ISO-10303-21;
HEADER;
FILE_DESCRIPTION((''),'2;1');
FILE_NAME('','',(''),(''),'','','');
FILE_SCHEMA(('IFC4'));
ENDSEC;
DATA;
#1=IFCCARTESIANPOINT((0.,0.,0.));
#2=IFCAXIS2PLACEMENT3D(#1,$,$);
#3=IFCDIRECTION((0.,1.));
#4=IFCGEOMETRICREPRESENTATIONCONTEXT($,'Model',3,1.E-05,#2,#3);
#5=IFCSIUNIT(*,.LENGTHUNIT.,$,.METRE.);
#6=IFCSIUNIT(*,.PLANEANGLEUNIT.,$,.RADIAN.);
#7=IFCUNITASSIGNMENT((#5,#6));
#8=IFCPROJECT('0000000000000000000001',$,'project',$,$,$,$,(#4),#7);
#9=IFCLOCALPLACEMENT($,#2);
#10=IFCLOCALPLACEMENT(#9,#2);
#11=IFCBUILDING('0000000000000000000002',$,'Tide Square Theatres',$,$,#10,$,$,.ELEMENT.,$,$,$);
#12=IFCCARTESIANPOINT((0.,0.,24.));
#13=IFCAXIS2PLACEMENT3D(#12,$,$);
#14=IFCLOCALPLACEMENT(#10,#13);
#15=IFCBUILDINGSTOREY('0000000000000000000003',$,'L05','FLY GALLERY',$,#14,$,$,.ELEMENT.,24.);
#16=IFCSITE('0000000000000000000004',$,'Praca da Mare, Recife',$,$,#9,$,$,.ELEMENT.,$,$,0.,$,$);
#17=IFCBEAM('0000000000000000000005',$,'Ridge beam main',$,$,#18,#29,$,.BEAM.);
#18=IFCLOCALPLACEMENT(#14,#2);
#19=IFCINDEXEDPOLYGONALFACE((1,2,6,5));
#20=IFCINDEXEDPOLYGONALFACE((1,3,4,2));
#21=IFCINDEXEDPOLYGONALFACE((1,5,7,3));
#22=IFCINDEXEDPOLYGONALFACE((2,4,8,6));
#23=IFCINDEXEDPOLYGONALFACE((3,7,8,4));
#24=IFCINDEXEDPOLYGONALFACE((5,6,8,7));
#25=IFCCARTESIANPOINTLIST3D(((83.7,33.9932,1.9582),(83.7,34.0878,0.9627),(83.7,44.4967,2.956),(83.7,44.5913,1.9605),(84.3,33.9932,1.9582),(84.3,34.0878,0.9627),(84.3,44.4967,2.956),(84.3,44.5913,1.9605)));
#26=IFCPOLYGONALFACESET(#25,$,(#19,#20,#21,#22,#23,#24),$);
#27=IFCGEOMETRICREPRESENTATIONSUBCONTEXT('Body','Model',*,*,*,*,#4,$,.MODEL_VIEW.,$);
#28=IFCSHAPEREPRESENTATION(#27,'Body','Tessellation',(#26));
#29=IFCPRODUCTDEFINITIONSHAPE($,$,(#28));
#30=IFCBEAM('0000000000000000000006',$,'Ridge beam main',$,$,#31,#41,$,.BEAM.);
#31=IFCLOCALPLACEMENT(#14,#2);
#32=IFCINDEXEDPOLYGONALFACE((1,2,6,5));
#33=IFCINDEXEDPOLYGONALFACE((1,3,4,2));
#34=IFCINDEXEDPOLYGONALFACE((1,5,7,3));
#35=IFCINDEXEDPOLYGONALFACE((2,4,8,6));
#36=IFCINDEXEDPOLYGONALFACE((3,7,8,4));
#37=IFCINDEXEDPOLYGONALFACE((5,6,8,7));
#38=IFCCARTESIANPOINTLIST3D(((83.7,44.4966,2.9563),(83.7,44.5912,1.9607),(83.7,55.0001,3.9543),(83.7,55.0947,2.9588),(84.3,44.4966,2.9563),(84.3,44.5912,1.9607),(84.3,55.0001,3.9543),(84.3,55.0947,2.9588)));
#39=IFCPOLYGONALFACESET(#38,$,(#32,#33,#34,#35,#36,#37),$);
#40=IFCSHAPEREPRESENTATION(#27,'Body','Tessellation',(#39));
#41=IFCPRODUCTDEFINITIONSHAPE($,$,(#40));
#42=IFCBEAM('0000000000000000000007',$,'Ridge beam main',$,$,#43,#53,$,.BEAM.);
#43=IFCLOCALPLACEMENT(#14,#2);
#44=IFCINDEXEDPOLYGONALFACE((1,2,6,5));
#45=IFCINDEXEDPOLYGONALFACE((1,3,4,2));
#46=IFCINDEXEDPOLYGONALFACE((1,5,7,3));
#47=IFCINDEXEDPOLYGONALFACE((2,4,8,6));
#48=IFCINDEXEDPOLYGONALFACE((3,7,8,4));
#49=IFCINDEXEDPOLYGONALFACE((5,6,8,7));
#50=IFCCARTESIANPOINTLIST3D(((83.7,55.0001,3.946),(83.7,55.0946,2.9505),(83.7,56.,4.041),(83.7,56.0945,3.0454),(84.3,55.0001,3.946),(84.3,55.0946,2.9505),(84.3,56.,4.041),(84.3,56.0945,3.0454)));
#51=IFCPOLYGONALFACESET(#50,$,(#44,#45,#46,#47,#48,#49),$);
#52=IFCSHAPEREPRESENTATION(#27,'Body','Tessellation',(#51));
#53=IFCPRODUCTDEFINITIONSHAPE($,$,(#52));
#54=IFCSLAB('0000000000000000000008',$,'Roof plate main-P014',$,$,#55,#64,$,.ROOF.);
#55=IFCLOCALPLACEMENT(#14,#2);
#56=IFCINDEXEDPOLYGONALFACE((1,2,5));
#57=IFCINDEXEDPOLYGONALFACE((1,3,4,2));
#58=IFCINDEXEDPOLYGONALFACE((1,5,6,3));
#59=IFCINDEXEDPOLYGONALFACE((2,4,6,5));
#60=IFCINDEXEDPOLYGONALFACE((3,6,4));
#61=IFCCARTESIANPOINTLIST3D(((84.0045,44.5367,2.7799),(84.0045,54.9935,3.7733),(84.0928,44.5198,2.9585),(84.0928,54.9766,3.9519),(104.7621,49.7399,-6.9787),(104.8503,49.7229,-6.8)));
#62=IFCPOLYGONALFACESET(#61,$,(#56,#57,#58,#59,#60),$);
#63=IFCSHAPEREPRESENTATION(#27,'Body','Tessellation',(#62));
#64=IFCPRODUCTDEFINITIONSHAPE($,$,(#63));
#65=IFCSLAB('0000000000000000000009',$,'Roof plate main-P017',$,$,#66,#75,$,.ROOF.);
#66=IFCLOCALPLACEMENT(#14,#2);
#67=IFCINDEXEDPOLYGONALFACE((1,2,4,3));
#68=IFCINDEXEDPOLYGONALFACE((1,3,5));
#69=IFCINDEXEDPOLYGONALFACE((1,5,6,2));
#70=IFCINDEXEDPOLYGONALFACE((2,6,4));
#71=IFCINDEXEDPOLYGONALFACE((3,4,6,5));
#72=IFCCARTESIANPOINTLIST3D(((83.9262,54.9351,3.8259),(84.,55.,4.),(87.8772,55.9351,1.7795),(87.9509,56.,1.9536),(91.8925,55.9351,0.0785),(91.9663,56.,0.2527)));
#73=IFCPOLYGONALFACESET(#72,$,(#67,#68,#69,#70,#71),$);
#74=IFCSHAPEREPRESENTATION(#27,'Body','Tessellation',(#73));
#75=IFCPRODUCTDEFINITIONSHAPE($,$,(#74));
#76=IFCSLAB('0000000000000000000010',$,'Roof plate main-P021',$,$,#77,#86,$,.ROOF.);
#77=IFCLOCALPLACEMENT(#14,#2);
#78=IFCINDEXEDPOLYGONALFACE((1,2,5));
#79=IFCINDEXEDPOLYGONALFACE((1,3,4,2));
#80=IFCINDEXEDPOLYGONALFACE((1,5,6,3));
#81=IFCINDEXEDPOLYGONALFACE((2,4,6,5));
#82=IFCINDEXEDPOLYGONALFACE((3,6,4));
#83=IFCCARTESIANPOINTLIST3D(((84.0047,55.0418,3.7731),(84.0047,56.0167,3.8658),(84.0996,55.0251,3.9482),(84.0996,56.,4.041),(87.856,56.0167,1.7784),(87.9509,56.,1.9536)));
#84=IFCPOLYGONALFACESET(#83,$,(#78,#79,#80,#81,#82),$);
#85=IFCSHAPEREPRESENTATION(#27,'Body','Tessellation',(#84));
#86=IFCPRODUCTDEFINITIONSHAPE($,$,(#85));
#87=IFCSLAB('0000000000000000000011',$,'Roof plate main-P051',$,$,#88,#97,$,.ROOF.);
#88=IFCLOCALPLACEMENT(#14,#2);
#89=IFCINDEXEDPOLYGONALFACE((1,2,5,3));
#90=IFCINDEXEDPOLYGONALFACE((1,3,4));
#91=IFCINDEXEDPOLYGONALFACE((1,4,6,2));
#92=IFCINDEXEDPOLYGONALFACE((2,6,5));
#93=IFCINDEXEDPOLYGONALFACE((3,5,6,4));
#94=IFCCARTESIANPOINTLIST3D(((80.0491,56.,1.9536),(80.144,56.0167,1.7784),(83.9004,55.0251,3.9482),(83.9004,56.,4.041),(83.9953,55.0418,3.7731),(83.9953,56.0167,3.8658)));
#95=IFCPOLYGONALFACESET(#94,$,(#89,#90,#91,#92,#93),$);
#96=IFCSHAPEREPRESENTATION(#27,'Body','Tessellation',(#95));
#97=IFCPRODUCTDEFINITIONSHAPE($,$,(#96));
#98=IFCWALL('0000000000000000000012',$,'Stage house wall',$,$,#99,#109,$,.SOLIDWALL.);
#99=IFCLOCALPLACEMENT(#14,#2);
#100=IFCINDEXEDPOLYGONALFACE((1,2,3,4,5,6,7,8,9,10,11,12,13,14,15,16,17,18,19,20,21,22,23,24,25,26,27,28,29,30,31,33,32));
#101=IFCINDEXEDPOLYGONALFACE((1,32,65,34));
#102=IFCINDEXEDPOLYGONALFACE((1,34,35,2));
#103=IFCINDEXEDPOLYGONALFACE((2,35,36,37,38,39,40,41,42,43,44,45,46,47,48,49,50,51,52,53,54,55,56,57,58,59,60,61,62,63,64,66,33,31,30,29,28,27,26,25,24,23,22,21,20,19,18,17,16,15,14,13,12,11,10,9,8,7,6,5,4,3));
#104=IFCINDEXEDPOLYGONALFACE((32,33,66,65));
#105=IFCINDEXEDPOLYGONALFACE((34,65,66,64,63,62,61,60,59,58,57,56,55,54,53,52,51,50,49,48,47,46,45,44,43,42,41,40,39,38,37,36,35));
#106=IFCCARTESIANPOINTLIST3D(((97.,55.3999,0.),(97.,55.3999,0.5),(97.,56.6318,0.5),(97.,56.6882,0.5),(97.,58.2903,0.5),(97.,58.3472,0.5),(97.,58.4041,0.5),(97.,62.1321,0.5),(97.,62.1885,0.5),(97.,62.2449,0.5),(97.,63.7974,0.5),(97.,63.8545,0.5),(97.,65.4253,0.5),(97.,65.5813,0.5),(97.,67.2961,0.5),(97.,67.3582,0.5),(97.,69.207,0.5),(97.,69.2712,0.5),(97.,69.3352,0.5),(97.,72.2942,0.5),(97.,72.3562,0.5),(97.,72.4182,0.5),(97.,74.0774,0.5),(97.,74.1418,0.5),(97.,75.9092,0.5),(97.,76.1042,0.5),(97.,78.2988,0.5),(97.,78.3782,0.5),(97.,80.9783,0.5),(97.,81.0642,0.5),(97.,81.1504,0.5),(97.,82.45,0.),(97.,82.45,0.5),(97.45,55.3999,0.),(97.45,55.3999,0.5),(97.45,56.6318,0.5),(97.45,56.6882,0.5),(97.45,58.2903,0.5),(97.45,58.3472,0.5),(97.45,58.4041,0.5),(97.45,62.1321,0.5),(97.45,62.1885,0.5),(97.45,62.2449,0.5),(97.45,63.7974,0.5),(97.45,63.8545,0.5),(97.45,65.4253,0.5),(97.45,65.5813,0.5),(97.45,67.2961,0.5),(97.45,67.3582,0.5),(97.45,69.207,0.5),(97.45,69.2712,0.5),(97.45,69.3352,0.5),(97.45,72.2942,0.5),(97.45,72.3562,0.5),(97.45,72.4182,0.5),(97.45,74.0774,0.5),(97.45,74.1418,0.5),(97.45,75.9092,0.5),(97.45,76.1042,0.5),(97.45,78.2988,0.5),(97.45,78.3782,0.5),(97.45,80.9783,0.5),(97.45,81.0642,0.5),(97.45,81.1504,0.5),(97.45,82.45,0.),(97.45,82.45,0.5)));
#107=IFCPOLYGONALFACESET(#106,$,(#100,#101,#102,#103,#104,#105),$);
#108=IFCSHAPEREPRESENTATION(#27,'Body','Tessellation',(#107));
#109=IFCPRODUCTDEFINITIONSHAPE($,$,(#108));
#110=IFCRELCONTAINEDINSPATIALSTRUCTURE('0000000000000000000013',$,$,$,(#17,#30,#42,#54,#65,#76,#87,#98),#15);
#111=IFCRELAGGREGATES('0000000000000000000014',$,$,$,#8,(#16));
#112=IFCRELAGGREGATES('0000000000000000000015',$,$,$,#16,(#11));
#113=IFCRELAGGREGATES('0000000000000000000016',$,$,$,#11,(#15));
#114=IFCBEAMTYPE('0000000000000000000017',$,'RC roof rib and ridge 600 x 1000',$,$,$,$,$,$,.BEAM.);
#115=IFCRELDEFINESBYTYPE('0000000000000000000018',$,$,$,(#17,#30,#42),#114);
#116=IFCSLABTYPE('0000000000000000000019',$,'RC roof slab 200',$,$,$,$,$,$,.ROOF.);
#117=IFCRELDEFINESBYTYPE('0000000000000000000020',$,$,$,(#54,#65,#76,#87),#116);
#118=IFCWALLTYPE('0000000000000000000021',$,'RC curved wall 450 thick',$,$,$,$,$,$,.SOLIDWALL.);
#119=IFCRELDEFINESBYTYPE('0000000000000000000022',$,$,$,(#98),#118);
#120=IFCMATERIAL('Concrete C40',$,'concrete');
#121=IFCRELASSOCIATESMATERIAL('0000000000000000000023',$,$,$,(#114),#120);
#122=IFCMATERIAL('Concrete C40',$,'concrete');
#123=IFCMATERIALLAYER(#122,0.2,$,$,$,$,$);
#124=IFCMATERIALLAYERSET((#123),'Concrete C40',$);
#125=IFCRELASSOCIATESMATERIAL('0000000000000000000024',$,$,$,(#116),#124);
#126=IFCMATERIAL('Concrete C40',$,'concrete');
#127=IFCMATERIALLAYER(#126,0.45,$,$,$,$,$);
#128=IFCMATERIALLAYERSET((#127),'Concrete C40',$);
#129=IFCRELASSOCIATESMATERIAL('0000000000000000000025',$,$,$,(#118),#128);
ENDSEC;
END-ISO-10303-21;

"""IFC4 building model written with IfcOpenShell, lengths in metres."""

from ifc_helpers import new_model, si_unit, direction, frame, origin, origin_2d, place, context, subcontext, project, spatial, polyline, rectangle, outline, extrude, material, layer, layer_set, material_profile, profile_set, type_object, element, save


model = new_model("IFC4")

# Units and contexts
model_context = context("Model", 3, precision=1e-05, world=origin(), true_north=direction((0.0, 1.0)))
body_context = subcontext(model_context, "Body", "Model", "MODEL_VIEW")
ifc_project = project(units=[si_unit("LENGTHUNIT", "METRE"), si_unit("PLANEANGLEUNIT", "RADIAN")], contexts=[model_context])

# Site, building, storey
site_placement = place(None, origin())
site = spatial("IfcSite", under=ifc_project, at=site_placement, Name="Praca da Mare, Recife", CompositionType="ELEMENT", RefElevation=0.0)
building_placement = place(site_placement, origin())
building = spatial("IfcBuilding", under=site, at=building_placement, Name="Tide Square Theatres", CompositionType="ELEMENT")
storey_placement = place(building_placement, frame((0.0, 0.0, 24.0)))
storey = spatial("IfcBuildingStorey", under=building, at=storey_placement, Name="L05", Description="FLY GALLERY", CompositionType="ELEMENT", Elevation=24.0)

# Beams
ifc_material_1 = material(Name="Concrete C40", Category="concrete")
ifc_material_profile = material_profile(ifc_material_1, rectangle(XDim=0.6001, YDim=1.0, at=origin_2d()))
ifc_profile_set = profile_set([ifc_material_profile], Name="Concrete C40")
beam_type = type_object("IfcBeamType", Name="RC roof rib and ridge 600 x 1000", PredefinedType="BEAM", material=ifc_profile_set)
for number, where, z_axis, x_axis, name in (
    (1, (84.0, 34.0405, 1.4604), (0.0, 0.995518, 0.094572), (-1.0, 0.0, 0.0), "Ridge beam main"),
    (2, (84.0, 44.5439, 2.4585), (0.0, 0.995516, 0.094595), (-1.0, 0.0, 0.0), "Ridge beam main"),
):
    element("IfcBeam", number, at=place(storey_placement, frame(where, z_axis=z_axis, x_axis=x_axis)), inside=storey, type_object=beam_type, Name=name, PredefinedType="BEAM", context=body_context, shape_type="SweptSolid", body=[
        extrude(rectangle(XDim=0.6001, YDim=1.0, at=origin_2d()), origin(), (0.0, 0.0, 1.0), 10.5508),
    ])
beam_placement = place(storey_placement, frame((84.0, 55.0474, 3.4482), z_axis=(0.0, 0.995521, 0.094545), x_axis=(-1.0, 0.0, 0.0)))
element("IfcBeam", 3, at=beam_placement, inside=storey, type_object=beam_type, Name="Ridge beam main", PredefinedType="BEAM", context=body_context, shape_type="SweptSolid", body=[
    extrude(rectangle(XDim=0.6001, YDim=1.0, at=origin_2d()), origin(), (0.0, 0.0, 1.0), 1.0044),
])

# Slabs
ifc_material_2 = material(Name="Concrete C40", Category="concrete")
ifc_layer_1 = layer(ifc_material_2, 0.2)
ifc_layer_set_1 = layer_set([ifc_layer_1], Name="Concrete C40")
slab_type = type_object("IfcSlabType", Name="RC roof slab 200", PredefinedType="ROOF", material=ifc_layer_set_1)
slab_1_placement = place(storey_placement, frame((104.8503, 49.7229, -6.8), z_axis=(0.441259, -0.08487, 0.893358), x_axis=(-0.866342, 0.219268, 0.448746)))
element("IfcSlab", 4, at=slab_1_placement, inside=storey, type_object=slab_type, Name="Roof plate main-P014", PredefinedType="ROOF", context=body_context, shape_type="SweptSolid", body=[
    extrude(outline(polyline([(0.0, 0.0), (23.96, 0.0), (21.2214, 10.1406), (0.0, 0.0)])), origin(), (0.0, 0.0, -1.0), 0.2),
])
slab_2_placement = place(storey_placement, frame((91.9663, 56.0, 0.2527), z_axis=(0.368924, 0.324645, 0.870919), x_axis=(-0.920793, 0.0, 0.390051)))
element("IfcSlab", 5, at=slab_2_placement, inside=storey, type_object=slab_type, Name="Roof plate main-P017", PredefinedType="ROOF", context=body_context, shape_type="SweptSolid", body=[
    extrude(outline(polyline([(0.0, 0.0), (4.3608, 0.0), (8.797, 1.0573), (0.0, 0.0)])), origin(), (0.0, 0.0, -1.0), 0.2),
])
slab_3_placement = place(storey_placement, frame((87.9509, 56.0, 1.9536), z_axis=(0.474848, -0.083376, 0.876109), x_axis=(-0.87917, 0.0, 0.476508)))
element("IfcSlab", 6, at=slab_3_placement, inside=storey, type_object=slab_type, Name="Roof plate main-P021", PredefinedType="ROOF", context=body_context, shape_type="SweptSolid", body=[
    extrude(outline(polyline([(0.0, 0.0), (4.3806, 0.0), (4.3364, 0.9783), (0.0, 0.0)])), origin(), (0.0, 0.0, -1.0), 0.2),
])
slab_4_placement = place(storey_placement, frame((83.9004, 56.0, 4.041), z_axis=(-0.474848, -0.083376, 0.876109), x_axis=(-0.87917, 0.0, -0.476508)))
element("IfcSlab", 7, at=slab_4_placement, inside=storey, type_object=slab_type, Name="Roof plate main-P051", PredefinedType="ROOF", context=body_context, shape_type="SweptSolid", body=[
    extrude(outline(polyline([(0.0, 0.0), (4.3806, 0.0), (0.0442, 0.9783), (0.0, 0.0)])), origin(), (0.0, 0.0, -1.0), 0.2),
])

# Wall
ifc_material_3 = material(Name="Concrete C40", Category="concrete")
ifc_layer_2 = layer(ifc_material_3, 0.45)
ifc_layer_set_2 = layer_set([ifc_layer_2], Name="Concrete C40")
wall_type = type_object("IfcWallType", Name="RC curved wall 450 thick", PredefinedType="SOLIDWALL", material=ifc_layer_set_2)
wall_placement = place(storey_placement, frame((97.2251, 55.3999, 0.0), z_axis=(0.0, 0.0, 1.0), x_axis=(0.0, 1.0, 0.0)))
element("IfcWall", 8, at=wall_placement, inside=storey, type_object=wall_type, Name="Stage house wall", PredefinedType="SOLIDWALL", context=body_context, shape_type="SweptSolid", body=[
    extrude(outline(polyline([(0.0, 0.0), (27.05, 0.0), (27.05, 0.5), (25.7505, 0.5), (25.6643, 0.5), (25.5784, 0.5), (22.9783, 0.5), (22.8989, 0.5), (20.7043, 0.5), (20.5093, 0.5), (18.7419, 0.5), (18.6775, 0.5), (17.0183, 0.5), (16.9563, 0.5), (16.8943, 0.5), (13.9353, 0.5), (13.8713, 0.5), (13.8071, 0.5), (11.9583, 0.5), (11.8962, 0.5), (10.1814, 0.5), (10.0254, 0.5), (8.4546, 0.5), (8.3975, 0.5), (6.845, 0.5), (6.7886, 0.5), (6.7322, 0.5), (3.0042, 0.5), (2.9473, 0.5), (2.8904, 0.5), (1.2883, 0.5), (1.2319, 0.5), (0.0, 0.5), (0.0, 0.0)])), frame((0.0, 0.2251, 0.0), z_axis=(0.0, -1.0, 0.0), x_axis=(1.0, 0.0, 0.0)), (0.0, 0.0, 1.0), 0.45),
])

save(model, "model.ifc")
